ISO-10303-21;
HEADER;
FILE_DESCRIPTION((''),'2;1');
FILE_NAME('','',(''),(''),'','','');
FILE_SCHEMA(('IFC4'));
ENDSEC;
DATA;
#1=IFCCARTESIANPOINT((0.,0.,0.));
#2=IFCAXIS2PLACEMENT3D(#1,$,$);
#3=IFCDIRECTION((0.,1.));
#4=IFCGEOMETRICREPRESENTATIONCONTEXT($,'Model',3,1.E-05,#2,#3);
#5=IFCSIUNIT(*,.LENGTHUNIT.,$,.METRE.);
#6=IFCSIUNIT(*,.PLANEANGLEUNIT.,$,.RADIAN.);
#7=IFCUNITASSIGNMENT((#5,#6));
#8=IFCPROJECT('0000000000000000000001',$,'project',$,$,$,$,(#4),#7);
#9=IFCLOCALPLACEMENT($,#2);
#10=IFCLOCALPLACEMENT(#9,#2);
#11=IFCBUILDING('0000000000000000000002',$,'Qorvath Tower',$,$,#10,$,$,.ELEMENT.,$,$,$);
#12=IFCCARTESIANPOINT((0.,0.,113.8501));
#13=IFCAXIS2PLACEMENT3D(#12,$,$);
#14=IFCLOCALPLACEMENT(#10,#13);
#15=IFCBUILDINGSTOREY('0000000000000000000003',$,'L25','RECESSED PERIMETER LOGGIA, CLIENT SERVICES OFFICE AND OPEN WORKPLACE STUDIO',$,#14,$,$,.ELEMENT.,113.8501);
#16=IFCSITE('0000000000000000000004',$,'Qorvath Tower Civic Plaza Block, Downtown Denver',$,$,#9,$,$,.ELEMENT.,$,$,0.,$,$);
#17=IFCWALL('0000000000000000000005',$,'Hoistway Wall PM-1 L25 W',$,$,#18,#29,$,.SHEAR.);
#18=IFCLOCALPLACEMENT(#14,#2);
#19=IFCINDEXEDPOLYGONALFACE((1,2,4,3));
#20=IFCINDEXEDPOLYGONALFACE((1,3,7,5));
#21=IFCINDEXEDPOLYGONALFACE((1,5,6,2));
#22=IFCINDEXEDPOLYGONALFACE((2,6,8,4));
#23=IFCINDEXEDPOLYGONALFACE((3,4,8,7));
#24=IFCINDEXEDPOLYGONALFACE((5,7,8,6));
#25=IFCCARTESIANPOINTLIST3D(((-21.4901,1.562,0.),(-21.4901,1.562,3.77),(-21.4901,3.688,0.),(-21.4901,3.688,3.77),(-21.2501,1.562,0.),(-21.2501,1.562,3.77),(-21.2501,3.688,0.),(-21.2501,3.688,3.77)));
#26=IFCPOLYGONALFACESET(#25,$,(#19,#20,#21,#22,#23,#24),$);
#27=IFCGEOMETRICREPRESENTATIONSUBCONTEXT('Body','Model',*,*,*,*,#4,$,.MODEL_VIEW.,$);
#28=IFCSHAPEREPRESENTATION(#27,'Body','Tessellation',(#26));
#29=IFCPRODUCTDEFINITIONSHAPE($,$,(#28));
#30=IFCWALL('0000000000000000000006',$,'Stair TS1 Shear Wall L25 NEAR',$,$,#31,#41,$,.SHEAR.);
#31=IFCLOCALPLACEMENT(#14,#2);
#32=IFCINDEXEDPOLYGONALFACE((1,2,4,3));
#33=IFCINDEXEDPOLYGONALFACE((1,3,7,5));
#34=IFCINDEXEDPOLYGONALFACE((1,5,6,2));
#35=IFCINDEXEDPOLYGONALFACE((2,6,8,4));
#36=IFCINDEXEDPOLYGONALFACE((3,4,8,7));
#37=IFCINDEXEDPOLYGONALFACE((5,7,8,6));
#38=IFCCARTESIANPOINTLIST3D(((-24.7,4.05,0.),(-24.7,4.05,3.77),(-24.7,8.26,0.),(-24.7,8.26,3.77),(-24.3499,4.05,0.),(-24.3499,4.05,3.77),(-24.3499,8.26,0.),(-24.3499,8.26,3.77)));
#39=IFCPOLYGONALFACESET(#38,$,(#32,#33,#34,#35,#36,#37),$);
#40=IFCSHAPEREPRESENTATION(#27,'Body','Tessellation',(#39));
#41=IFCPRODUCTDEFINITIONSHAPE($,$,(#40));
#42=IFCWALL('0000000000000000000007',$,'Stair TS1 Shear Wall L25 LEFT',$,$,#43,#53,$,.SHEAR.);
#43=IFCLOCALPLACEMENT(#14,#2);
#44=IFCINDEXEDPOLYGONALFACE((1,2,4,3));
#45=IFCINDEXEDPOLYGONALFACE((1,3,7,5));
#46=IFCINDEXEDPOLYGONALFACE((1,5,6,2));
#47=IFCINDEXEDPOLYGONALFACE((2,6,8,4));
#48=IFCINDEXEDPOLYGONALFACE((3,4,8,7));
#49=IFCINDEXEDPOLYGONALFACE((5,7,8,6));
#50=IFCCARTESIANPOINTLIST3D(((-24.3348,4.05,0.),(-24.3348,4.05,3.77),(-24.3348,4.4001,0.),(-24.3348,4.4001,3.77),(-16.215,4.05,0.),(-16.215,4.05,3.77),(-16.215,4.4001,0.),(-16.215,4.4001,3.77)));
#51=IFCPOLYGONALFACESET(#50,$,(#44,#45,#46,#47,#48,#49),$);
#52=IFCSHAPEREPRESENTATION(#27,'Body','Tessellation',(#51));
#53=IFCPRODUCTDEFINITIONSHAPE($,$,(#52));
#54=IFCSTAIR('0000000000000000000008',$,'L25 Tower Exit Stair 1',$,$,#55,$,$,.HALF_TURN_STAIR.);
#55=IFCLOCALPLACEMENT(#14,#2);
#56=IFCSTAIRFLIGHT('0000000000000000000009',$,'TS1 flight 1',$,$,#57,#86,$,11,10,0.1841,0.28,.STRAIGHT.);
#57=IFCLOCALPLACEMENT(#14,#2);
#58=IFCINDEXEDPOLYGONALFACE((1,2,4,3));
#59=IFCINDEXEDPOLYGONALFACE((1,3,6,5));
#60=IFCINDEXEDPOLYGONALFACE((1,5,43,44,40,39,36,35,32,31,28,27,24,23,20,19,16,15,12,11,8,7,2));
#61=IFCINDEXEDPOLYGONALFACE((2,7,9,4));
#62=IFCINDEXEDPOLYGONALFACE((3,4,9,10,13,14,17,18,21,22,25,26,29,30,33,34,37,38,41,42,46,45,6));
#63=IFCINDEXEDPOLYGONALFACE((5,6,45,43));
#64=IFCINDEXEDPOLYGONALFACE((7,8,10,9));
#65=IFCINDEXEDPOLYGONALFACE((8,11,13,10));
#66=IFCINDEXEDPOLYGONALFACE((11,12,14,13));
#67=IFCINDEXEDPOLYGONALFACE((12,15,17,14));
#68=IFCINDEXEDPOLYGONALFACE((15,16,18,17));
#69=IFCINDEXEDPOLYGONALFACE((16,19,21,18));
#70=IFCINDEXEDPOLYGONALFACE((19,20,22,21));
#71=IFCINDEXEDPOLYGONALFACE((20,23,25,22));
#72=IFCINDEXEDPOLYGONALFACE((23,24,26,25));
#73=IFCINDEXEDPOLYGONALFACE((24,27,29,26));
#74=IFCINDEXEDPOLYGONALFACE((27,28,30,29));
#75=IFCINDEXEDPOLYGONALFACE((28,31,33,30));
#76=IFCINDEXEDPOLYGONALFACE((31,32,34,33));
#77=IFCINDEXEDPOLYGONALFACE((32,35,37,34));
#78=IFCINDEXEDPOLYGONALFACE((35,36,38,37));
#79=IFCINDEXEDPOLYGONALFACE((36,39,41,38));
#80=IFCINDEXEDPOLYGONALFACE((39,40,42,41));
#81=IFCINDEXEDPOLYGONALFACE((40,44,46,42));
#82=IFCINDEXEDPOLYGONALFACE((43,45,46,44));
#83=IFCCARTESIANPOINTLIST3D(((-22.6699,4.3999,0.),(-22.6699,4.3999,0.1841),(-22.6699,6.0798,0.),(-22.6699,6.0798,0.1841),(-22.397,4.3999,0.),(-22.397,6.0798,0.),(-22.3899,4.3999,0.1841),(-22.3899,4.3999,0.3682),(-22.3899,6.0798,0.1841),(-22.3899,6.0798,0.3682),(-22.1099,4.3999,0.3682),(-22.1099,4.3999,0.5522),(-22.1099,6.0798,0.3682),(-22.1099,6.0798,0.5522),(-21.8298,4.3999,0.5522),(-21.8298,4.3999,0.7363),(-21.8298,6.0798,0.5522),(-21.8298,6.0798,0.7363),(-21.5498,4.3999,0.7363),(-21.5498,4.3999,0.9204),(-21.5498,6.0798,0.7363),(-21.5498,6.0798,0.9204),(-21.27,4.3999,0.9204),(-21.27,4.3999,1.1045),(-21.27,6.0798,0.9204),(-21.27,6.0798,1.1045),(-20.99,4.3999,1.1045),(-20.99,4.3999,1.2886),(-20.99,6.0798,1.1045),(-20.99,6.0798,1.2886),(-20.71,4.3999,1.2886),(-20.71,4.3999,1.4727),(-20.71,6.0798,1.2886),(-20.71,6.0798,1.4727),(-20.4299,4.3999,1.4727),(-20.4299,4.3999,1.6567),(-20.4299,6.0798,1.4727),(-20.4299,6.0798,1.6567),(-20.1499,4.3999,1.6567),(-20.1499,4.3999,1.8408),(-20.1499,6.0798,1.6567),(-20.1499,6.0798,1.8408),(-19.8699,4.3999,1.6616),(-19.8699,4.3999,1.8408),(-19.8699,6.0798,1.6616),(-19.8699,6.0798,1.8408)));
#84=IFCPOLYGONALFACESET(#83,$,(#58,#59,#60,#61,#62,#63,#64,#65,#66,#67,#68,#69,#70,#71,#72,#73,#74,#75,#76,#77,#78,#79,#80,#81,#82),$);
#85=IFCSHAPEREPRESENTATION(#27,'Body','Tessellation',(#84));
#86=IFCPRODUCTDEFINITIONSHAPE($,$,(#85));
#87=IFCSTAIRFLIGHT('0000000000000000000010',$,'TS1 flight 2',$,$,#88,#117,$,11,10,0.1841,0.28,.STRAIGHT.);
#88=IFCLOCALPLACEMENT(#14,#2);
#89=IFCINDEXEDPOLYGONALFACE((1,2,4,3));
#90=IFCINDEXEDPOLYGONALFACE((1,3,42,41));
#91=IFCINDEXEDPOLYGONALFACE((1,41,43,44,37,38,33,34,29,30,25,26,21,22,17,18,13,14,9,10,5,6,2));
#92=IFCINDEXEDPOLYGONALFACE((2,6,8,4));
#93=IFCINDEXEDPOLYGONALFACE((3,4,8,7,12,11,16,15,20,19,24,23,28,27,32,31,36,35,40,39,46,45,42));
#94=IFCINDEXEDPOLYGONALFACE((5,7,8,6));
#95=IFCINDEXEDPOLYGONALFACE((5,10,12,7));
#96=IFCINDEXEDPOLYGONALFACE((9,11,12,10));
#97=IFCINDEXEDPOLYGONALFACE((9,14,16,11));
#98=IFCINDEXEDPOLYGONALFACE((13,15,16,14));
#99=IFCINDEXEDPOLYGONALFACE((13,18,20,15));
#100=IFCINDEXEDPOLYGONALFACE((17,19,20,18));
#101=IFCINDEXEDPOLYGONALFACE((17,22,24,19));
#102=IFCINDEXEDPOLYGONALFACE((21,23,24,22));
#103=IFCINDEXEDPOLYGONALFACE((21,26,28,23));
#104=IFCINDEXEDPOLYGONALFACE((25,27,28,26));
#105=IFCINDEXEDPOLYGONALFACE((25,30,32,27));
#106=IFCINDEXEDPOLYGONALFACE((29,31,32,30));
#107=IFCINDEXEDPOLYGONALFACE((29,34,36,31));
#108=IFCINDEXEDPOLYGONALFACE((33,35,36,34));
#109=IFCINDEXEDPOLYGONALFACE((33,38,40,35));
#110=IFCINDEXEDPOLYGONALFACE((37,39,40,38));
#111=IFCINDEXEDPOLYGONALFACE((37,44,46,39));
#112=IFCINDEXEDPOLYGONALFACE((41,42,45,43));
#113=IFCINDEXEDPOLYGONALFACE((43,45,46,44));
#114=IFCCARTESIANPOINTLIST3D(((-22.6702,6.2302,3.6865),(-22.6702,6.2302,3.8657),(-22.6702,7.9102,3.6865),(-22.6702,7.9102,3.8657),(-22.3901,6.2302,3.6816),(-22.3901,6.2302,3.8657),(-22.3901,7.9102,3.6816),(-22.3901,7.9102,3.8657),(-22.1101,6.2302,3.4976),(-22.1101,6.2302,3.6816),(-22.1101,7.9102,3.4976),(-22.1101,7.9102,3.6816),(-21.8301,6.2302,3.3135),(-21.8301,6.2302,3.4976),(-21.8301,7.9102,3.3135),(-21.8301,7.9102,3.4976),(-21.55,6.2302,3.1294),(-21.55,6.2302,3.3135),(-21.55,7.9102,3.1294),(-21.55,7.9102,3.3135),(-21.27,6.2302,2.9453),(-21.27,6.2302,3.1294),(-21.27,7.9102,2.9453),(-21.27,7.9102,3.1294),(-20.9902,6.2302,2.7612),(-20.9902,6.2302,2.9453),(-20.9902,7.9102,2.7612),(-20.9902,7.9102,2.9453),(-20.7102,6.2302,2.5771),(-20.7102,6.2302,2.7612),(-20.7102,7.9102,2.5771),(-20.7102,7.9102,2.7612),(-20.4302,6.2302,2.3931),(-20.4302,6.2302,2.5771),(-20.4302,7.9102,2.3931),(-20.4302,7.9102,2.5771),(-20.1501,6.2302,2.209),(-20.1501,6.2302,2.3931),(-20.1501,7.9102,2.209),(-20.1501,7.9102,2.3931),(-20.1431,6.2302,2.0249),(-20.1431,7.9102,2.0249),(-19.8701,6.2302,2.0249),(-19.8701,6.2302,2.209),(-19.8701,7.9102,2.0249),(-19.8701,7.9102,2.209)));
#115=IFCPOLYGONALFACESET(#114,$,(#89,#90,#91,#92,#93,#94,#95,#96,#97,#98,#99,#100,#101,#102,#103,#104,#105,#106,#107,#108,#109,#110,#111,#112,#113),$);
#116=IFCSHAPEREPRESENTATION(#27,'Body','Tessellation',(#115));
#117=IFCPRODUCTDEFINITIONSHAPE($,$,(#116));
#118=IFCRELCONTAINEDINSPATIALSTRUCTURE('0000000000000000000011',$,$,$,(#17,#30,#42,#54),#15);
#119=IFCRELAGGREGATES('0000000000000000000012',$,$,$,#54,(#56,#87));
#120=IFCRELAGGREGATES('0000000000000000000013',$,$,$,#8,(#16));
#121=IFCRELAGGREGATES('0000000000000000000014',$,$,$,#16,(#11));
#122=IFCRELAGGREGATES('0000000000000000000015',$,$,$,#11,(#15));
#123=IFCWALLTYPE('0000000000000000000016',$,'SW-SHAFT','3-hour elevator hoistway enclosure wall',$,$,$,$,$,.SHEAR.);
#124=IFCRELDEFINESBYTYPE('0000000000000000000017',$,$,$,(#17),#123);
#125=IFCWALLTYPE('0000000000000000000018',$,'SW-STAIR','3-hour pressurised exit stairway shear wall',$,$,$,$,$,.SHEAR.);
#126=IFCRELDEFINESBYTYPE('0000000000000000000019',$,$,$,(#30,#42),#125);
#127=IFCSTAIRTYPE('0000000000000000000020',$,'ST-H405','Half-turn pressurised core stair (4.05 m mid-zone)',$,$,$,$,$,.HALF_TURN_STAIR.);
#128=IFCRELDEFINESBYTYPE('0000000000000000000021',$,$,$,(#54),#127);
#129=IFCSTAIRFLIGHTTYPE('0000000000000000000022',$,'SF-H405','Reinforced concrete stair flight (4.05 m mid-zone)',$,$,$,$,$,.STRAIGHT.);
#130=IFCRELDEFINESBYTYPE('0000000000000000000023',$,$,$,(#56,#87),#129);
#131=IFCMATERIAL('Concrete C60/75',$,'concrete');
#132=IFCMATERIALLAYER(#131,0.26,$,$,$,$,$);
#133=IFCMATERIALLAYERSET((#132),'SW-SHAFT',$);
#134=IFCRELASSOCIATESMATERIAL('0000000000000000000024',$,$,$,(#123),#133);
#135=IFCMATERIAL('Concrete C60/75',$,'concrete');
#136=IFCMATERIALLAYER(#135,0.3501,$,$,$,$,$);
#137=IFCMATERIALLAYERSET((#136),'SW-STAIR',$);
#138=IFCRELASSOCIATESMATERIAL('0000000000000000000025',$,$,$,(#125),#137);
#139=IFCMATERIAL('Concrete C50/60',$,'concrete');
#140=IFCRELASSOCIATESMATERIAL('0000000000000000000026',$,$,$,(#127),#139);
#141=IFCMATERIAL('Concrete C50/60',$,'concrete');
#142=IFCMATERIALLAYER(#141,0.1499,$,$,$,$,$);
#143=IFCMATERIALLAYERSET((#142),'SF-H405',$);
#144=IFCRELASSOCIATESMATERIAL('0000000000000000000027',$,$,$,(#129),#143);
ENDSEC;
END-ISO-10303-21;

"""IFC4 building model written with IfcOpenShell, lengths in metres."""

from ifc_helpers import new_model, si_unit, direction, frame, frame_2d, origin, place, context, subcontext, project, spatial, polyline, rectangle, outline, extrude, material, layer, layer_set, type_object, element, aggregate, save


model = new_model("IFC4")

# Units and contexts
model_context = context("Model", 3, precision=1e-05, world=origin(), true_north=direction((0.0, 1.0)))
body_context = subcontext(model_context, "Body", "Model", "MODEL_VIEW")
ifc_project = project(units=[si_unit("LENGTHUNIT", "METRE"), si_unit("PLANEANGLEUNIT", "RADIAN")], contexts=[model_context])

# Site, building, storey
site_placement = place(None, origin())
site = spatial("IfcSite", under=ifc_project, at=site_placement, Name="Qorvath Tower Civic Plaza Block, Downtown Denver", CompositionType="ELEMENT", RefElevation=0.0)
building_placement = place(site_placement, origin())
building = spatial("IfcBuilding", under=site, at=building_placement, Name="Qorvath Tower", CompositionType="ELEMENT")
storey_placement = place(building_placement, frame((0.0, 0.0, 113.8501)))
storey = spatial("IfcBuildingStorey", under=building, at=storey_placement, Name="L25", Description="RECESSED PERIMETER LOGGIA, CLIENT SERVICES OFFICE AND OPEN WORKPLACE STUDIO", CompositionType="ELEMENT", Elevation=113.8501)

# Shared definitions
ifc_material_1 = material(Name="Concrete C60/75", Category="concrete")
ifc_layer_1 = layer(ifc_material_1, 0.26)
ifc_layer_set_1 = layer_set([ifc_layer_1], Name="SW-SHAFT")
wall_type_1 = type_object("IfcWallType", Name="SW-SHAFT", Description="3-hour elevator hoistway enclosure wall", PredefinedType="SHEAR", material=ifc_layer_set_1)

# Walls
wall_1_placement = place(storey_placement, frame((-21.3701, 1.562, 0.0), z_axis=(0.0, 0.0, 1.0), x_axis=(0.0, 1.0, 0.0)))
element("IfcWall", 1, at=wall_1_placement, inside=storey, type_object=wall_type_1, Name="Hoistway Wall PM-1 L25 W", PredefinedType="SHEAR", context=body_context, shape_type="SweptSolid", body=[
    extrude(rectangle(XDim=2.126, YDim=0.24, at=frame_2d((1.063, 0.0))), origin(), (0.0, 0.0, 1.0), 3.77),
])
ifc_material_2 = material(Name="Concrete C60/75", Category="concrete")
ifc_layer_2 = layer(ifc_material_2, 0.3501)
ifc_layer_set_2 = layer_set([ifc_layer_2], Name="SW-STAIR")
wall_type_2 = type_object("IfcWallType", Name="SW-STAIR", Description="3-hour pressurised exit stairway shear wall", PredefinedType="SHEAR", material=ifc_layer_set_2)
wall_2_placement = place(storey_placement, frame((-24.5249, 8.26, 0.0), z_axis=(0.0, 0.0, 1.0), x_axis=(0.0, -1.0, 0.0)))
element("IfcWall", 2, at=wall_2_placement, inside=storey, type_object=wall_type_2, Name="Stair TS1 Shear Wall L25 NEAR", PredefinedType="SHEAR", context=body_context, shape_type="SweptSolid", body=[
    extrude(rectangle(XDim=4.21, YDim=0.3501, at=frame_2d((2.105, 0.0))), origin(), (0.0, 0.0, 1.0), 3.77),
])
wall_3_placement = place(storey_placement, frame((-24.335, 4.2251, 0.0), z_axis=(0.0, 0.0, 1.0), x_axis=(1.0, 0.0, 0.0)))
element("IfcWall", 3, at=wall_3_placement, inside=storey, type_object=wall_type_2, Name="Stair TS1 Shear Wall L25 LEFT", PredefinedType="SHEAR", context=body_context, shape_type="SweptSolid", body=[
    extrude(rectangle(XDim=8.1199, YDim=0.3501, at=frame_2d((4.0601, 0.0))), origin(), (0.0, 0.0, 1.0), 3.77),
])

# Stair, stair flights
ifc_material_3 = material(Name="Concrete C50/60", Category="concrete")
stair_type = type_object("IfcStairType", Name="ST-H405", Description="Half-turn pressurised core stair (4.05 m mid-zone)", PredefinedType="HALF_TURN_STAIR", material=ifc_material_3)
stair_placement = place(storey_placement, origin())
stair = element("IfcStair", 4, at=stair_placement, inside=storey, type_object=stair_type, Name="L25 Tower Exit Stair 1", PredefinedType="HALF_TURN_STAIR")
ifc_material_4 = material(Name="Concrete C50/60", Category="concrete")
ifc_layer_3 = layer(ifc_material_4, 0.1499)
ifc_layer_set_3 = layer_set([ifc_layer_3], Name="SF-H405")
stair_flight_type = type_object("IfcStairFlightType", Name="SF-H405", Description="Reinforced concrete stair flight (4.05 m mid-zone)", PredefinedType="STRAIGHT", material=ifc_layer_set_3)
stair_flight_1_placement = place(storey_placement, frame((-22.6699, 5.24, 0.0), z_axis=(0.0, 0.0, 1.0), x_axis=(1.0, 0.0, 0.0)))
stair_flight_1 = element("IfcStairFlight", 5, at=stair_flight_1_placement, type_object=stair_flight_type, Name="TS1 flight 1", NumberOfRisers=11, NumberOfTreads=10, PredefinedType="STRAIGHT", RiserHeight=0.1841, TreadLength=0.28, context=body_context, shape_type="SweptSolid", body=[
    extrude(outline(polyline([(0.0, 0.0), (0.0, 0.1841), (0.28, 0.1841), (0.28, 0.3682), (0.5601, 0.3682), (0.5601, 0.5522), (0.8401, 0.5522), (0.8401, 0.7363), (1.1201, 0.7363), (1.1201, 0.9204), (1.3999, 0.9204), (1.3999, 1.1045), (1.6799, 1.1045), (1.6799, 1.2886), (1.96, 1.2886), (1.96, 1.4727), (2.24, 1.4727), (2.24, 1.6567), (2.52, 1.6567), (2.52, 1.8408), (2.8, 1.8408), (2.8, 2.0249), (2.8, 1.6616), (0.2729, 0.0), (0.0, 0.0)])), frame((0.0, 0.8398, 0.0), z_axis=(0.0, -1.0, 0.0), x_axis=(1.0, 0.0, 0.0)), (0.0, 0.0, 1.0), 1.6799),
])
stair_flight_2_placement = place(storey_placement, frame((-19.8701, 7.0701, 2.0249), z_axis=(0.0, 0.0, 1.0), x_axis=(-1.0, 0.0, 0.0)))
stair_flight_2 = element("IfcStairFlight", 6, at=stair_flight_2_placement, type_object=stair_flight_type, Name="TS1 flight 2", NumberOfRisers=11, NumberOfTreads=10, PredefinedType="STRAIGHT", RiserHeight=0.1841, TreadLength=0.28, context=body_context, shape_type="SweptSolid", body=[
    extrude(outline(polyline([(0.0, 0.0), (0.0, 0.1841), (0.28, 0.1841), (0.28, 0.3682), (0.5601, 0.3682), (0.5601, 0.5522), (0.8401, 0.5522), (0.8401, 0.7363), (1.1201, 0.7363), (1.1201, 0.9204), (1.3999, 0.9204), (1.3999, 1.1045), (1.6799, 1.1045), (1.6799, 1.2886), (1.96, 1.2886), (1.96, 1.4727), (2.24, 1.4727), (2.24, 1.6567), (2.52, 1.6567), (2.52, 1.8408), (2.8, 1.8408), (2.8, 2.0249), (2.8, 1.6616), (0.2729, 0.0), (0.0, 0.0)])), frame((0.0, 0.8398, 0.0), z_axis=(0.0, -1.0, 0.0), x_axis=(1.0, 0.0, 0.0)), (0.0, 0.0, 1.0), 1.6799),
])
aggregate(stair, [stair_flight_1, stair_flight_2])

save(model, "model.ifc")
